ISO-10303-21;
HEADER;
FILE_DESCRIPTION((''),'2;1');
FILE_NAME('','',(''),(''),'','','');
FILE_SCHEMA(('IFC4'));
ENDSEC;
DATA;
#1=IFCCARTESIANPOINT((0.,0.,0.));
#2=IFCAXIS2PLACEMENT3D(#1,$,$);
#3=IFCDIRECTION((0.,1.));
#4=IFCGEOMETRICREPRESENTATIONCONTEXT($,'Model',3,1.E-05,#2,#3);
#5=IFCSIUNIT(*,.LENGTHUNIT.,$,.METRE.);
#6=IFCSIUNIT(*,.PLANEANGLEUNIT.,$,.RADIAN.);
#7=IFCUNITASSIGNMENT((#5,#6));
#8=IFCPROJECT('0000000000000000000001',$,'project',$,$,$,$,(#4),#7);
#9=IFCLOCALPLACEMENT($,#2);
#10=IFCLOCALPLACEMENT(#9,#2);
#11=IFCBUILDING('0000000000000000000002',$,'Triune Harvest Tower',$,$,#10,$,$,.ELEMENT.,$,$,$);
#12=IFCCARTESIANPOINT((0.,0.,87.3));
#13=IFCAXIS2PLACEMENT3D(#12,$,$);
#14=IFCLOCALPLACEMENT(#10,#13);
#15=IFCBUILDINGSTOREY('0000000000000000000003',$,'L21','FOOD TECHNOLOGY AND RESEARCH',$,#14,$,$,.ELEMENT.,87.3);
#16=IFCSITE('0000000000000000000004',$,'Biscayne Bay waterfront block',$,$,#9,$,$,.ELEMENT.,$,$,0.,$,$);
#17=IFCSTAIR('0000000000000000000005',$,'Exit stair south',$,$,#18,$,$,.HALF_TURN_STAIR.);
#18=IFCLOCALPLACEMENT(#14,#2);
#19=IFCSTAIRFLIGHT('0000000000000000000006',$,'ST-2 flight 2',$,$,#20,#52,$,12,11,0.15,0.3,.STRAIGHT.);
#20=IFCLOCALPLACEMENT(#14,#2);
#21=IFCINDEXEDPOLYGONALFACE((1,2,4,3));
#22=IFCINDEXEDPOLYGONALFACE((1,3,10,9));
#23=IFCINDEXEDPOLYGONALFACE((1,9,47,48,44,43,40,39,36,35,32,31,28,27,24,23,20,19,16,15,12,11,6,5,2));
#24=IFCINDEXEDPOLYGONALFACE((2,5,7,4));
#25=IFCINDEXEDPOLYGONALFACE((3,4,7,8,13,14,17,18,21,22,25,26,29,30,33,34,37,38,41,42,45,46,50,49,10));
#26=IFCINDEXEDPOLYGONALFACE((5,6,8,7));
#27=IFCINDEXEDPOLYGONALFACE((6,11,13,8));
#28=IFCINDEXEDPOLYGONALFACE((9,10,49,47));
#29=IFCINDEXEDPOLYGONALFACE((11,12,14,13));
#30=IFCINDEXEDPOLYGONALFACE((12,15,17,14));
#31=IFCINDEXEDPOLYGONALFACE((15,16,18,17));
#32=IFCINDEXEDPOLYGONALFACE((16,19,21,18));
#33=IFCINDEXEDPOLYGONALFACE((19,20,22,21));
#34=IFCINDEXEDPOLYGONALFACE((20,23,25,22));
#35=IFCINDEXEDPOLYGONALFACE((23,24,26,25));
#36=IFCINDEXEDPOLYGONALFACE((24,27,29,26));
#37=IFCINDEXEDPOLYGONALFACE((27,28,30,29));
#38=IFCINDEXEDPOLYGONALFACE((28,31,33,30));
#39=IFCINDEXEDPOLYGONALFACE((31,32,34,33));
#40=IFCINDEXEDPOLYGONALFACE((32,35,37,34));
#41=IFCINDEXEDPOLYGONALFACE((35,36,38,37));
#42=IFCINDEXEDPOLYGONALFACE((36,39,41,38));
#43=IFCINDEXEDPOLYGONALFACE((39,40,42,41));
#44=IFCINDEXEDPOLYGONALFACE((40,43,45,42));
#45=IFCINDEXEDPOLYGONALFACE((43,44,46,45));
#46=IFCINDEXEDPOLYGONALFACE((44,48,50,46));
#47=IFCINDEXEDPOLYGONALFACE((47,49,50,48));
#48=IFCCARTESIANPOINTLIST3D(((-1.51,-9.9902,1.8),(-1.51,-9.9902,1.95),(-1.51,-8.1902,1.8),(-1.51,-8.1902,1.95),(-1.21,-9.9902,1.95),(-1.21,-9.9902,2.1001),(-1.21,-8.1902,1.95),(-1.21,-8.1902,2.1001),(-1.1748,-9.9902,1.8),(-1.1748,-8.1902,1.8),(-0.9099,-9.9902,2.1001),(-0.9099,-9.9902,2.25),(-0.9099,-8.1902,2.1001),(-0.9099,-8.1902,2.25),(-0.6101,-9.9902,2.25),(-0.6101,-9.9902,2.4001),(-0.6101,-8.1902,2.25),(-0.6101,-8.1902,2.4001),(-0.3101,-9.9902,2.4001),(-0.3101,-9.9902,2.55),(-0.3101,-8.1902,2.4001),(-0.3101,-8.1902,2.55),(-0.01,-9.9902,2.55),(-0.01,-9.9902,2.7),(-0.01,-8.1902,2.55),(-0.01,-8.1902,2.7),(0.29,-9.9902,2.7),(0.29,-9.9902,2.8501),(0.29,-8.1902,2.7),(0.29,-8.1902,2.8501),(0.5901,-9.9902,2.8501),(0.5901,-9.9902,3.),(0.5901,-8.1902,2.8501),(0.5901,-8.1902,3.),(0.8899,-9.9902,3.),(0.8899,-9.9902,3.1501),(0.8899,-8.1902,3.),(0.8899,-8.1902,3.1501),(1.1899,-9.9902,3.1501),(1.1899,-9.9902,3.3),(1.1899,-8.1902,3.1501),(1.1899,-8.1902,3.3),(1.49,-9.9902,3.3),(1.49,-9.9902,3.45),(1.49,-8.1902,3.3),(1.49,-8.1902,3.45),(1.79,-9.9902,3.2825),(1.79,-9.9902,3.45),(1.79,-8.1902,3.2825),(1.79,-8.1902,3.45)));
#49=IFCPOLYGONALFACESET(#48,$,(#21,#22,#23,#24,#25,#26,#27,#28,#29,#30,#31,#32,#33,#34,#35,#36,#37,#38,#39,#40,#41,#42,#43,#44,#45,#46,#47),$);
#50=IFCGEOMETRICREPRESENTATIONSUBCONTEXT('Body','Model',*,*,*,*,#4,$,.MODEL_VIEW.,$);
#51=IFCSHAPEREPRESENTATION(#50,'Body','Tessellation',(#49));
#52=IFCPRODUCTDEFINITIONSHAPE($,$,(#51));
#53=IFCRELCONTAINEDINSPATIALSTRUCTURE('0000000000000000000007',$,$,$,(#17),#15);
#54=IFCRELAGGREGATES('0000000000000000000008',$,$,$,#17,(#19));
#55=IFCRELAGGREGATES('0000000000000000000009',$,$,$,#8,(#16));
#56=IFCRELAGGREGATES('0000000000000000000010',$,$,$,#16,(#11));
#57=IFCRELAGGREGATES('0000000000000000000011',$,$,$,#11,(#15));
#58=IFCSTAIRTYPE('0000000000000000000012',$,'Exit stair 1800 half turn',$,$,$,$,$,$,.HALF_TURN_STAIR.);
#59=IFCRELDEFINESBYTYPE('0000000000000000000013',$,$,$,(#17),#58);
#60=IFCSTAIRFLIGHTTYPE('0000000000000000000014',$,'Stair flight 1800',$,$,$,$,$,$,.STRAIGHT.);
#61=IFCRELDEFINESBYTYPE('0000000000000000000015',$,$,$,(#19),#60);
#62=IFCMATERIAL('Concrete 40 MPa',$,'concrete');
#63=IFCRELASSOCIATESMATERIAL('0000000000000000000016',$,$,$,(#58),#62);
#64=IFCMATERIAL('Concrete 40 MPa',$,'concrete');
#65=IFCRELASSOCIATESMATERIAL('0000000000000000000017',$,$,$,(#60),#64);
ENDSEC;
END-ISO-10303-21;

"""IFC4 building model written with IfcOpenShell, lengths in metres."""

from ifc_helpers import new_model, si_unit, direction, frame, origin, place, context, subcontext, project, spatial, polyline, outline, extrude, source, transform, mapped, material, type_object, element, aggregate, save


model = new_model("IFC4")

# Units and contexts
model_context = context("Model", 3, precision=1e-05, world=origin(), true_north=direction((0.0, 1.0)))
body_context = subcontext(model_context, "Body", "Model", "MODEL_VIEW")
ifc_project = project(units=[si_unit("LENGTHUNIT", "METRE"), si_unit("PLANEANGLEUNIT", "RADIAN")], contexts=[model_context])

# Site, building, storey
site_placement = place(None, origin())
site = spatial("IfcSite", under=ifc_project, at=site_placement, Name="Biscayne Bay waterfront block", CompositionType="ELEMENT", RefElevation=0.0)
building_placement = place(site_placement, origin())
building = spatial("IfcBuilding", under=site, at=building_placement, Name="Triune Harvest Tower", CompositionType="ELEMENT")
storey_placement = place(building_placement, frame((0.0, 0.0, 87.3)))
storey = spatial("IfcBuildingStorey", under=building, at=storey_placement, Name="L21", Description="FOOD TECHNOLOGY AND RESEARCH", CompositionType="ELEMENT", Elevation=87.3)

# Stair, stair flight
ifc_material_1 = material(Name="Concrete 40 MPa", Category="concrete")
stair_type = type_object("IfcStairType", Name="Exit stair 1800 half turn", PredefinedType="HALF_TURN_STAIR", material=ifc_material_1)
stair_placement = place(storey_placement, origin())
stair = element("IfcStair", 1, at=stair_placement, inside=storey, type_object=stair_type, Name="Exit stair south", PredefinedType="HALF_TURN_STAIR")
ifc_material_2 = material(Name="Concrete 40 MPa", Category="concrete")
stair_flight_type = type_object("IfcStairFlightType", Name="Stair flight 1800", PredefinedType="STRAIGHT", material=ifc_material_2)
shared_shape_1 = source(origin(), body_context, "Body", "SweptSolid", [
    extrude(outline(polyline([(0.0, 0.0), (0.0, 0.1499), (0.3, 0.1499), (0.3, 0.3), (0.6001, 0.3), (0.6001, 0.45), (0.8999, 0.45), (0.8999, 0.6001), (1.2, 0.6001), (1.2, 0.75), (1.5, 0.75), (1.5, 0.8999), (1.8, 0.8999), (1.8, 1.05), (2.1001, 1.05), (2.1001, 1.2), (2.3999, 1.2), (2.3999, 1.3501), (2.7, 1.3501), (2.7, 1.5), (3.0, 1.5), (3.0, 1.6499), (3.3, 1.6499), (3.3, 1.8), (3.3, 1.4824), (0.3352, 0.0), (0.0, 0.0)])), frame((0.0, 0.8999, 0.0), z_axis=(0.0, -1.0, 0.0), x_axis=(1.0, 0.0, 0.0)), (0.0, 0.0, 1.0), 1.8),
])
stair_flight_placement = place(storey_placement, frame((-1.51, -9.0901, 1.8), z_axis=(0.0, 0.0, 1.0), x_axis=(1.0, 0.0, 0.0)))
stair_flight = element("IfcStairFlight", 2, at=stair_flight_placement, type_object=stair_flight_type, Name="ST-2 flight 2", NumberOfRisers=12, NumberOfTreads=11, PredefinedType="STRAIGHT", RiserHeight=0.15, TreadLength=0.3, context=body_context, shape_type="MappedRepresentation", body=[
    mapped(shared_shape_1, transform((0.0, 0.0, 0.0), scale=1.0)),
])
aggregate(stair, [stair_flight])

save(model, "model.ifc")
